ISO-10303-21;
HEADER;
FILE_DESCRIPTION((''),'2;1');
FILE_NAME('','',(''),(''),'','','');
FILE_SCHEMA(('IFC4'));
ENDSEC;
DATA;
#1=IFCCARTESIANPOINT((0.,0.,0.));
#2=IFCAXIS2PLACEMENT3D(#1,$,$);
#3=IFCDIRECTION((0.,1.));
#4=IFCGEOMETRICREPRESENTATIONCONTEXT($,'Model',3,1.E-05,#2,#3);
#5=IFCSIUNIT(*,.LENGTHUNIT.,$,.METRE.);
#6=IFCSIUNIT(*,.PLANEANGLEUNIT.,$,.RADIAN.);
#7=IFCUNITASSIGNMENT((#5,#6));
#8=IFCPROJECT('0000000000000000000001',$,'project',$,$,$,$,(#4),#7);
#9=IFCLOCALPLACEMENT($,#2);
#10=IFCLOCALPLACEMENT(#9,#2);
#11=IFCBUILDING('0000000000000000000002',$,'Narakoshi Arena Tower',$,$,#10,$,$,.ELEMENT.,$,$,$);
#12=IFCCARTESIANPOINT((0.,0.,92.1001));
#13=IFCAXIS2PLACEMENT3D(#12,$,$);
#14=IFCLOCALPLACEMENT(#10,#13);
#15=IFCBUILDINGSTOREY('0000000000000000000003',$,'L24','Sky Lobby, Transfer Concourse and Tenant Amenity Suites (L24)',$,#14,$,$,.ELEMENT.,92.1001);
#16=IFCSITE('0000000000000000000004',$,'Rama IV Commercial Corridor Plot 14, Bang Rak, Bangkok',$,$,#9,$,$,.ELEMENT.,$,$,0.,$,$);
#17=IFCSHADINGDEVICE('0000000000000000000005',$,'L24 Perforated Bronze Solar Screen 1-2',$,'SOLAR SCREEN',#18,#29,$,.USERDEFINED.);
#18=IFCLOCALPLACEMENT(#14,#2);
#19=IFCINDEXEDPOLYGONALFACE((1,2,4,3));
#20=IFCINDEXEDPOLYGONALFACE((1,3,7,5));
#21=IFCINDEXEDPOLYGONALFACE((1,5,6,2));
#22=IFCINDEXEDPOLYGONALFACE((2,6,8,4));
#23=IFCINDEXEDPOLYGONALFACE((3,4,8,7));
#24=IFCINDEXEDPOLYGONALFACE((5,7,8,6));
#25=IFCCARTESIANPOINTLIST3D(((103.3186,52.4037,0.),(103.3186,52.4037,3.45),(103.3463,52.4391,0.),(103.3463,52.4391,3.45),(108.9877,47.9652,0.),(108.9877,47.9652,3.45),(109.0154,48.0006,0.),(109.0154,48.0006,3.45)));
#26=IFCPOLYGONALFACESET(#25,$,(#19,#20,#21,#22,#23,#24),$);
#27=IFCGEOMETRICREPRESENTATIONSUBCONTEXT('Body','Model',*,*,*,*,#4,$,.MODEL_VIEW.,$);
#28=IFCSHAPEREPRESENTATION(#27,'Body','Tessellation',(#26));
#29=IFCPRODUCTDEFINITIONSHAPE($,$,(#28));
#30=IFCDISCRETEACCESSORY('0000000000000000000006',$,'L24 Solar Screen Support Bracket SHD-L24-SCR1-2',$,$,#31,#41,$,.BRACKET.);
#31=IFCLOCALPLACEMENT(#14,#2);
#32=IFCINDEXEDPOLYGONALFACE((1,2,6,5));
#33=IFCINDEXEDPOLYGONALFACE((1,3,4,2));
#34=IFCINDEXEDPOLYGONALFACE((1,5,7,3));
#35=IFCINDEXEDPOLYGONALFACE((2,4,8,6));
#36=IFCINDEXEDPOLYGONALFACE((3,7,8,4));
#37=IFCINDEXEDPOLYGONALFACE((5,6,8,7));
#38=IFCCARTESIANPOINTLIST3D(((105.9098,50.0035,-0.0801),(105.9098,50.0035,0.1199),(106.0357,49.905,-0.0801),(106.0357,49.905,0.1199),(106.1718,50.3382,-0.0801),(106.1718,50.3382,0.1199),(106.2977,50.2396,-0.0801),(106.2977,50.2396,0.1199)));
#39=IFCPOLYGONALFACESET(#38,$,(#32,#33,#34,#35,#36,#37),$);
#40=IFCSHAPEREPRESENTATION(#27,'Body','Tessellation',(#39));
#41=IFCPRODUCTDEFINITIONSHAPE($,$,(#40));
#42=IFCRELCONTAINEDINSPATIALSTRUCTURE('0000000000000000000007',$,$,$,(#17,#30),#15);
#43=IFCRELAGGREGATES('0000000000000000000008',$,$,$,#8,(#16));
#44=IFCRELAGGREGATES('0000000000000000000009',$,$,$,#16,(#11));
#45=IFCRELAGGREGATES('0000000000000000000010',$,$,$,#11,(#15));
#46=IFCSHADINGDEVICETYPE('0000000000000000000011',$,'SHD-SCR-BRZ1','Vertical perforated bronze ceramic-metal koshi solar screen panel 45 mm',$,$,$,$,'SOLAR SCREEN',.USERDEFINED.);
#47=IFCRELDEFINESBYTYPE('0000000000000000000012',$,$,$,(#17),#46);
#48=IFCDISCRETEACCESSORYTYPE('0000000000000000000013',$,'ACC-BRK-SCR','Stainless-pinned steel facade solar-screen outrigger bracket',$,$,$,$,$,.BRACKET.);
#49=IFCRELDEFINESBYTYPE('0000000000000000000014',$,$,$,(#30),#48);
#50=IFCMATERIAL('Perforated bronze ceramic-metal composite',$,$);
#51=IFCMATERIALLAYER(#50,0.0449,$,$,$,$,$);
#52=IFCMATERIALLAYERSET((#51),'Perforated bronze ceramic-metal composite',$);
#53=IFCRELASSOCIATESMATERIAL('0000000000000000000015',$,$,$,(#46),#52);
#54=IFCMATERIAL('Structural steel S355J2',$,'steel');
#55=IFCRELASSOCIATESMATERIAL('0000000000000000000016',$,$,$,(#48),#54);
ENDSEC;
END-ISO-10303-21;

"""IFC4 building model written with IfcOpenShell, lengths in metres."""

from ifc_helpers import new_model, si_unit, direction, frame, origin, origin_2d, place, context, subcontext, project, spatial, rectangle, extrude, material, layer, layer_set, type_object, element, save


model = new_model("IFC4")

# Units and contexts
model_context = context("Model", 3, precision=1e-05, world=origin(), true_north=direction((0.0, 1.0)))
body_context = subcontext(model_context, "Body", "Model", "MODEL_VIEW")
ifc_project = project(units=[si_unit("LENGTHUNIT", "METRE"), si_unit("PLANEANGLEUNIT", "RADIAN")], contexts=[model_context])

# Site, building, storey
site_placement = place(None, origin())
site = spatial("IfcSite", under=ifc_project, at=site_placement, Name="Rama IV Commercial Corridor Plot 14, Bang Rak, Bangkok", CompositionType="ELEMENT", RefElevation=0.0)
building_placement = place(site_placement, origin())
building = spatial("IfcBuilding", under=site, at=building_placement, Name="Narakoshi Arena Tower", CompositionType="ELEMENT")
storey_placement = place(building_placement, frame((0.0, 0.0, 92.1001)))
storey = spatial("IfcBuildingStorey", under=building, at=storey_placement, Name="L24", Description="Sky Lobby, Transfer Concourse and Tenant Amenity Suites (L24)", CompositionType="ELEMENT", Elevation=92.1001)

# Shading device
ifc_material_1 = material(Name="Perforated bronze ceramic-metal composite")
ifc_layer_1 = layer(ifc_material_1, 0.0449)
ifc_layer_set_1 = layer_set([ifc_layer_1], Name="Perforated bronze ceramic-metal composite")
shading_device_type = type_object("IfcShadingDeviceType", Name="SHD-SCR-BRZ1", Description="Vertical perforated bronze ceramic-metal koshi solar screen panel 45 mm", ElementType="SOLAR SCREEN", PredefinedType="USERDEFINED", material=ifc_layer_set_1)
shading_device_placement = place(storey_placement, frame((106.167, 50.2021, 0.0), z_axis=(0.0, 0.0, 1.0), x_axis=(-0.787387, 0.616459, 0.0)))
element("IfcShadingDevice", 1, at=shading_device_placement, inside=storey, type_object=shading_device_type, Name="L24 Perforated Bronze Solar Screen 1-2", ObjectType="SOLAR SCREEN", PredefinedType="USERDEFINED", context=body_context, shape_type="SweptSolid", body=[
    extrude(rectangle(XDim=7.2, YDim=0.0449, at=origin_2d()), origin(), (0.0, 0.0, 1.0), 3.45),
])

# Discrete accessory
ifc_material_2 = material(Name="Structural steel S355J2", Category="steel")
discrete_accessory_type = type_object("IfcDiscreteAccessoryType", Name="ACC-BRK-SCR", Description="Stainless-pinned steel facade solar-screen outrigger bracket", PredefinedType="BRACKET", material=ifc_material_2)
discrete_accessory_placement = place(storey_placement, frame((106.1038, 50.1216, -0.0801), z_axis=(0.0, 0.0, 1.0), x_axis=(-0.787387, 0.616459, 0.0)))
element("IfcDiscreteAccessory", 2, at=discrete_accessory_placement, inside=storey, type_object=discrete_accessory_type, Name="L24 Solar Screen Support Bracket SHD-L24-SCR1-2", PredefinedType="BRACKET", context=body_context, shape_type="SweptSolid", body=[
    extrude(rectangle(XDim=0.1599, YDim=0.425, at=origin_2d()), origin(), (0.0, 0.0, 1.0), 0.2),
])

save(model, "model.ifc")
